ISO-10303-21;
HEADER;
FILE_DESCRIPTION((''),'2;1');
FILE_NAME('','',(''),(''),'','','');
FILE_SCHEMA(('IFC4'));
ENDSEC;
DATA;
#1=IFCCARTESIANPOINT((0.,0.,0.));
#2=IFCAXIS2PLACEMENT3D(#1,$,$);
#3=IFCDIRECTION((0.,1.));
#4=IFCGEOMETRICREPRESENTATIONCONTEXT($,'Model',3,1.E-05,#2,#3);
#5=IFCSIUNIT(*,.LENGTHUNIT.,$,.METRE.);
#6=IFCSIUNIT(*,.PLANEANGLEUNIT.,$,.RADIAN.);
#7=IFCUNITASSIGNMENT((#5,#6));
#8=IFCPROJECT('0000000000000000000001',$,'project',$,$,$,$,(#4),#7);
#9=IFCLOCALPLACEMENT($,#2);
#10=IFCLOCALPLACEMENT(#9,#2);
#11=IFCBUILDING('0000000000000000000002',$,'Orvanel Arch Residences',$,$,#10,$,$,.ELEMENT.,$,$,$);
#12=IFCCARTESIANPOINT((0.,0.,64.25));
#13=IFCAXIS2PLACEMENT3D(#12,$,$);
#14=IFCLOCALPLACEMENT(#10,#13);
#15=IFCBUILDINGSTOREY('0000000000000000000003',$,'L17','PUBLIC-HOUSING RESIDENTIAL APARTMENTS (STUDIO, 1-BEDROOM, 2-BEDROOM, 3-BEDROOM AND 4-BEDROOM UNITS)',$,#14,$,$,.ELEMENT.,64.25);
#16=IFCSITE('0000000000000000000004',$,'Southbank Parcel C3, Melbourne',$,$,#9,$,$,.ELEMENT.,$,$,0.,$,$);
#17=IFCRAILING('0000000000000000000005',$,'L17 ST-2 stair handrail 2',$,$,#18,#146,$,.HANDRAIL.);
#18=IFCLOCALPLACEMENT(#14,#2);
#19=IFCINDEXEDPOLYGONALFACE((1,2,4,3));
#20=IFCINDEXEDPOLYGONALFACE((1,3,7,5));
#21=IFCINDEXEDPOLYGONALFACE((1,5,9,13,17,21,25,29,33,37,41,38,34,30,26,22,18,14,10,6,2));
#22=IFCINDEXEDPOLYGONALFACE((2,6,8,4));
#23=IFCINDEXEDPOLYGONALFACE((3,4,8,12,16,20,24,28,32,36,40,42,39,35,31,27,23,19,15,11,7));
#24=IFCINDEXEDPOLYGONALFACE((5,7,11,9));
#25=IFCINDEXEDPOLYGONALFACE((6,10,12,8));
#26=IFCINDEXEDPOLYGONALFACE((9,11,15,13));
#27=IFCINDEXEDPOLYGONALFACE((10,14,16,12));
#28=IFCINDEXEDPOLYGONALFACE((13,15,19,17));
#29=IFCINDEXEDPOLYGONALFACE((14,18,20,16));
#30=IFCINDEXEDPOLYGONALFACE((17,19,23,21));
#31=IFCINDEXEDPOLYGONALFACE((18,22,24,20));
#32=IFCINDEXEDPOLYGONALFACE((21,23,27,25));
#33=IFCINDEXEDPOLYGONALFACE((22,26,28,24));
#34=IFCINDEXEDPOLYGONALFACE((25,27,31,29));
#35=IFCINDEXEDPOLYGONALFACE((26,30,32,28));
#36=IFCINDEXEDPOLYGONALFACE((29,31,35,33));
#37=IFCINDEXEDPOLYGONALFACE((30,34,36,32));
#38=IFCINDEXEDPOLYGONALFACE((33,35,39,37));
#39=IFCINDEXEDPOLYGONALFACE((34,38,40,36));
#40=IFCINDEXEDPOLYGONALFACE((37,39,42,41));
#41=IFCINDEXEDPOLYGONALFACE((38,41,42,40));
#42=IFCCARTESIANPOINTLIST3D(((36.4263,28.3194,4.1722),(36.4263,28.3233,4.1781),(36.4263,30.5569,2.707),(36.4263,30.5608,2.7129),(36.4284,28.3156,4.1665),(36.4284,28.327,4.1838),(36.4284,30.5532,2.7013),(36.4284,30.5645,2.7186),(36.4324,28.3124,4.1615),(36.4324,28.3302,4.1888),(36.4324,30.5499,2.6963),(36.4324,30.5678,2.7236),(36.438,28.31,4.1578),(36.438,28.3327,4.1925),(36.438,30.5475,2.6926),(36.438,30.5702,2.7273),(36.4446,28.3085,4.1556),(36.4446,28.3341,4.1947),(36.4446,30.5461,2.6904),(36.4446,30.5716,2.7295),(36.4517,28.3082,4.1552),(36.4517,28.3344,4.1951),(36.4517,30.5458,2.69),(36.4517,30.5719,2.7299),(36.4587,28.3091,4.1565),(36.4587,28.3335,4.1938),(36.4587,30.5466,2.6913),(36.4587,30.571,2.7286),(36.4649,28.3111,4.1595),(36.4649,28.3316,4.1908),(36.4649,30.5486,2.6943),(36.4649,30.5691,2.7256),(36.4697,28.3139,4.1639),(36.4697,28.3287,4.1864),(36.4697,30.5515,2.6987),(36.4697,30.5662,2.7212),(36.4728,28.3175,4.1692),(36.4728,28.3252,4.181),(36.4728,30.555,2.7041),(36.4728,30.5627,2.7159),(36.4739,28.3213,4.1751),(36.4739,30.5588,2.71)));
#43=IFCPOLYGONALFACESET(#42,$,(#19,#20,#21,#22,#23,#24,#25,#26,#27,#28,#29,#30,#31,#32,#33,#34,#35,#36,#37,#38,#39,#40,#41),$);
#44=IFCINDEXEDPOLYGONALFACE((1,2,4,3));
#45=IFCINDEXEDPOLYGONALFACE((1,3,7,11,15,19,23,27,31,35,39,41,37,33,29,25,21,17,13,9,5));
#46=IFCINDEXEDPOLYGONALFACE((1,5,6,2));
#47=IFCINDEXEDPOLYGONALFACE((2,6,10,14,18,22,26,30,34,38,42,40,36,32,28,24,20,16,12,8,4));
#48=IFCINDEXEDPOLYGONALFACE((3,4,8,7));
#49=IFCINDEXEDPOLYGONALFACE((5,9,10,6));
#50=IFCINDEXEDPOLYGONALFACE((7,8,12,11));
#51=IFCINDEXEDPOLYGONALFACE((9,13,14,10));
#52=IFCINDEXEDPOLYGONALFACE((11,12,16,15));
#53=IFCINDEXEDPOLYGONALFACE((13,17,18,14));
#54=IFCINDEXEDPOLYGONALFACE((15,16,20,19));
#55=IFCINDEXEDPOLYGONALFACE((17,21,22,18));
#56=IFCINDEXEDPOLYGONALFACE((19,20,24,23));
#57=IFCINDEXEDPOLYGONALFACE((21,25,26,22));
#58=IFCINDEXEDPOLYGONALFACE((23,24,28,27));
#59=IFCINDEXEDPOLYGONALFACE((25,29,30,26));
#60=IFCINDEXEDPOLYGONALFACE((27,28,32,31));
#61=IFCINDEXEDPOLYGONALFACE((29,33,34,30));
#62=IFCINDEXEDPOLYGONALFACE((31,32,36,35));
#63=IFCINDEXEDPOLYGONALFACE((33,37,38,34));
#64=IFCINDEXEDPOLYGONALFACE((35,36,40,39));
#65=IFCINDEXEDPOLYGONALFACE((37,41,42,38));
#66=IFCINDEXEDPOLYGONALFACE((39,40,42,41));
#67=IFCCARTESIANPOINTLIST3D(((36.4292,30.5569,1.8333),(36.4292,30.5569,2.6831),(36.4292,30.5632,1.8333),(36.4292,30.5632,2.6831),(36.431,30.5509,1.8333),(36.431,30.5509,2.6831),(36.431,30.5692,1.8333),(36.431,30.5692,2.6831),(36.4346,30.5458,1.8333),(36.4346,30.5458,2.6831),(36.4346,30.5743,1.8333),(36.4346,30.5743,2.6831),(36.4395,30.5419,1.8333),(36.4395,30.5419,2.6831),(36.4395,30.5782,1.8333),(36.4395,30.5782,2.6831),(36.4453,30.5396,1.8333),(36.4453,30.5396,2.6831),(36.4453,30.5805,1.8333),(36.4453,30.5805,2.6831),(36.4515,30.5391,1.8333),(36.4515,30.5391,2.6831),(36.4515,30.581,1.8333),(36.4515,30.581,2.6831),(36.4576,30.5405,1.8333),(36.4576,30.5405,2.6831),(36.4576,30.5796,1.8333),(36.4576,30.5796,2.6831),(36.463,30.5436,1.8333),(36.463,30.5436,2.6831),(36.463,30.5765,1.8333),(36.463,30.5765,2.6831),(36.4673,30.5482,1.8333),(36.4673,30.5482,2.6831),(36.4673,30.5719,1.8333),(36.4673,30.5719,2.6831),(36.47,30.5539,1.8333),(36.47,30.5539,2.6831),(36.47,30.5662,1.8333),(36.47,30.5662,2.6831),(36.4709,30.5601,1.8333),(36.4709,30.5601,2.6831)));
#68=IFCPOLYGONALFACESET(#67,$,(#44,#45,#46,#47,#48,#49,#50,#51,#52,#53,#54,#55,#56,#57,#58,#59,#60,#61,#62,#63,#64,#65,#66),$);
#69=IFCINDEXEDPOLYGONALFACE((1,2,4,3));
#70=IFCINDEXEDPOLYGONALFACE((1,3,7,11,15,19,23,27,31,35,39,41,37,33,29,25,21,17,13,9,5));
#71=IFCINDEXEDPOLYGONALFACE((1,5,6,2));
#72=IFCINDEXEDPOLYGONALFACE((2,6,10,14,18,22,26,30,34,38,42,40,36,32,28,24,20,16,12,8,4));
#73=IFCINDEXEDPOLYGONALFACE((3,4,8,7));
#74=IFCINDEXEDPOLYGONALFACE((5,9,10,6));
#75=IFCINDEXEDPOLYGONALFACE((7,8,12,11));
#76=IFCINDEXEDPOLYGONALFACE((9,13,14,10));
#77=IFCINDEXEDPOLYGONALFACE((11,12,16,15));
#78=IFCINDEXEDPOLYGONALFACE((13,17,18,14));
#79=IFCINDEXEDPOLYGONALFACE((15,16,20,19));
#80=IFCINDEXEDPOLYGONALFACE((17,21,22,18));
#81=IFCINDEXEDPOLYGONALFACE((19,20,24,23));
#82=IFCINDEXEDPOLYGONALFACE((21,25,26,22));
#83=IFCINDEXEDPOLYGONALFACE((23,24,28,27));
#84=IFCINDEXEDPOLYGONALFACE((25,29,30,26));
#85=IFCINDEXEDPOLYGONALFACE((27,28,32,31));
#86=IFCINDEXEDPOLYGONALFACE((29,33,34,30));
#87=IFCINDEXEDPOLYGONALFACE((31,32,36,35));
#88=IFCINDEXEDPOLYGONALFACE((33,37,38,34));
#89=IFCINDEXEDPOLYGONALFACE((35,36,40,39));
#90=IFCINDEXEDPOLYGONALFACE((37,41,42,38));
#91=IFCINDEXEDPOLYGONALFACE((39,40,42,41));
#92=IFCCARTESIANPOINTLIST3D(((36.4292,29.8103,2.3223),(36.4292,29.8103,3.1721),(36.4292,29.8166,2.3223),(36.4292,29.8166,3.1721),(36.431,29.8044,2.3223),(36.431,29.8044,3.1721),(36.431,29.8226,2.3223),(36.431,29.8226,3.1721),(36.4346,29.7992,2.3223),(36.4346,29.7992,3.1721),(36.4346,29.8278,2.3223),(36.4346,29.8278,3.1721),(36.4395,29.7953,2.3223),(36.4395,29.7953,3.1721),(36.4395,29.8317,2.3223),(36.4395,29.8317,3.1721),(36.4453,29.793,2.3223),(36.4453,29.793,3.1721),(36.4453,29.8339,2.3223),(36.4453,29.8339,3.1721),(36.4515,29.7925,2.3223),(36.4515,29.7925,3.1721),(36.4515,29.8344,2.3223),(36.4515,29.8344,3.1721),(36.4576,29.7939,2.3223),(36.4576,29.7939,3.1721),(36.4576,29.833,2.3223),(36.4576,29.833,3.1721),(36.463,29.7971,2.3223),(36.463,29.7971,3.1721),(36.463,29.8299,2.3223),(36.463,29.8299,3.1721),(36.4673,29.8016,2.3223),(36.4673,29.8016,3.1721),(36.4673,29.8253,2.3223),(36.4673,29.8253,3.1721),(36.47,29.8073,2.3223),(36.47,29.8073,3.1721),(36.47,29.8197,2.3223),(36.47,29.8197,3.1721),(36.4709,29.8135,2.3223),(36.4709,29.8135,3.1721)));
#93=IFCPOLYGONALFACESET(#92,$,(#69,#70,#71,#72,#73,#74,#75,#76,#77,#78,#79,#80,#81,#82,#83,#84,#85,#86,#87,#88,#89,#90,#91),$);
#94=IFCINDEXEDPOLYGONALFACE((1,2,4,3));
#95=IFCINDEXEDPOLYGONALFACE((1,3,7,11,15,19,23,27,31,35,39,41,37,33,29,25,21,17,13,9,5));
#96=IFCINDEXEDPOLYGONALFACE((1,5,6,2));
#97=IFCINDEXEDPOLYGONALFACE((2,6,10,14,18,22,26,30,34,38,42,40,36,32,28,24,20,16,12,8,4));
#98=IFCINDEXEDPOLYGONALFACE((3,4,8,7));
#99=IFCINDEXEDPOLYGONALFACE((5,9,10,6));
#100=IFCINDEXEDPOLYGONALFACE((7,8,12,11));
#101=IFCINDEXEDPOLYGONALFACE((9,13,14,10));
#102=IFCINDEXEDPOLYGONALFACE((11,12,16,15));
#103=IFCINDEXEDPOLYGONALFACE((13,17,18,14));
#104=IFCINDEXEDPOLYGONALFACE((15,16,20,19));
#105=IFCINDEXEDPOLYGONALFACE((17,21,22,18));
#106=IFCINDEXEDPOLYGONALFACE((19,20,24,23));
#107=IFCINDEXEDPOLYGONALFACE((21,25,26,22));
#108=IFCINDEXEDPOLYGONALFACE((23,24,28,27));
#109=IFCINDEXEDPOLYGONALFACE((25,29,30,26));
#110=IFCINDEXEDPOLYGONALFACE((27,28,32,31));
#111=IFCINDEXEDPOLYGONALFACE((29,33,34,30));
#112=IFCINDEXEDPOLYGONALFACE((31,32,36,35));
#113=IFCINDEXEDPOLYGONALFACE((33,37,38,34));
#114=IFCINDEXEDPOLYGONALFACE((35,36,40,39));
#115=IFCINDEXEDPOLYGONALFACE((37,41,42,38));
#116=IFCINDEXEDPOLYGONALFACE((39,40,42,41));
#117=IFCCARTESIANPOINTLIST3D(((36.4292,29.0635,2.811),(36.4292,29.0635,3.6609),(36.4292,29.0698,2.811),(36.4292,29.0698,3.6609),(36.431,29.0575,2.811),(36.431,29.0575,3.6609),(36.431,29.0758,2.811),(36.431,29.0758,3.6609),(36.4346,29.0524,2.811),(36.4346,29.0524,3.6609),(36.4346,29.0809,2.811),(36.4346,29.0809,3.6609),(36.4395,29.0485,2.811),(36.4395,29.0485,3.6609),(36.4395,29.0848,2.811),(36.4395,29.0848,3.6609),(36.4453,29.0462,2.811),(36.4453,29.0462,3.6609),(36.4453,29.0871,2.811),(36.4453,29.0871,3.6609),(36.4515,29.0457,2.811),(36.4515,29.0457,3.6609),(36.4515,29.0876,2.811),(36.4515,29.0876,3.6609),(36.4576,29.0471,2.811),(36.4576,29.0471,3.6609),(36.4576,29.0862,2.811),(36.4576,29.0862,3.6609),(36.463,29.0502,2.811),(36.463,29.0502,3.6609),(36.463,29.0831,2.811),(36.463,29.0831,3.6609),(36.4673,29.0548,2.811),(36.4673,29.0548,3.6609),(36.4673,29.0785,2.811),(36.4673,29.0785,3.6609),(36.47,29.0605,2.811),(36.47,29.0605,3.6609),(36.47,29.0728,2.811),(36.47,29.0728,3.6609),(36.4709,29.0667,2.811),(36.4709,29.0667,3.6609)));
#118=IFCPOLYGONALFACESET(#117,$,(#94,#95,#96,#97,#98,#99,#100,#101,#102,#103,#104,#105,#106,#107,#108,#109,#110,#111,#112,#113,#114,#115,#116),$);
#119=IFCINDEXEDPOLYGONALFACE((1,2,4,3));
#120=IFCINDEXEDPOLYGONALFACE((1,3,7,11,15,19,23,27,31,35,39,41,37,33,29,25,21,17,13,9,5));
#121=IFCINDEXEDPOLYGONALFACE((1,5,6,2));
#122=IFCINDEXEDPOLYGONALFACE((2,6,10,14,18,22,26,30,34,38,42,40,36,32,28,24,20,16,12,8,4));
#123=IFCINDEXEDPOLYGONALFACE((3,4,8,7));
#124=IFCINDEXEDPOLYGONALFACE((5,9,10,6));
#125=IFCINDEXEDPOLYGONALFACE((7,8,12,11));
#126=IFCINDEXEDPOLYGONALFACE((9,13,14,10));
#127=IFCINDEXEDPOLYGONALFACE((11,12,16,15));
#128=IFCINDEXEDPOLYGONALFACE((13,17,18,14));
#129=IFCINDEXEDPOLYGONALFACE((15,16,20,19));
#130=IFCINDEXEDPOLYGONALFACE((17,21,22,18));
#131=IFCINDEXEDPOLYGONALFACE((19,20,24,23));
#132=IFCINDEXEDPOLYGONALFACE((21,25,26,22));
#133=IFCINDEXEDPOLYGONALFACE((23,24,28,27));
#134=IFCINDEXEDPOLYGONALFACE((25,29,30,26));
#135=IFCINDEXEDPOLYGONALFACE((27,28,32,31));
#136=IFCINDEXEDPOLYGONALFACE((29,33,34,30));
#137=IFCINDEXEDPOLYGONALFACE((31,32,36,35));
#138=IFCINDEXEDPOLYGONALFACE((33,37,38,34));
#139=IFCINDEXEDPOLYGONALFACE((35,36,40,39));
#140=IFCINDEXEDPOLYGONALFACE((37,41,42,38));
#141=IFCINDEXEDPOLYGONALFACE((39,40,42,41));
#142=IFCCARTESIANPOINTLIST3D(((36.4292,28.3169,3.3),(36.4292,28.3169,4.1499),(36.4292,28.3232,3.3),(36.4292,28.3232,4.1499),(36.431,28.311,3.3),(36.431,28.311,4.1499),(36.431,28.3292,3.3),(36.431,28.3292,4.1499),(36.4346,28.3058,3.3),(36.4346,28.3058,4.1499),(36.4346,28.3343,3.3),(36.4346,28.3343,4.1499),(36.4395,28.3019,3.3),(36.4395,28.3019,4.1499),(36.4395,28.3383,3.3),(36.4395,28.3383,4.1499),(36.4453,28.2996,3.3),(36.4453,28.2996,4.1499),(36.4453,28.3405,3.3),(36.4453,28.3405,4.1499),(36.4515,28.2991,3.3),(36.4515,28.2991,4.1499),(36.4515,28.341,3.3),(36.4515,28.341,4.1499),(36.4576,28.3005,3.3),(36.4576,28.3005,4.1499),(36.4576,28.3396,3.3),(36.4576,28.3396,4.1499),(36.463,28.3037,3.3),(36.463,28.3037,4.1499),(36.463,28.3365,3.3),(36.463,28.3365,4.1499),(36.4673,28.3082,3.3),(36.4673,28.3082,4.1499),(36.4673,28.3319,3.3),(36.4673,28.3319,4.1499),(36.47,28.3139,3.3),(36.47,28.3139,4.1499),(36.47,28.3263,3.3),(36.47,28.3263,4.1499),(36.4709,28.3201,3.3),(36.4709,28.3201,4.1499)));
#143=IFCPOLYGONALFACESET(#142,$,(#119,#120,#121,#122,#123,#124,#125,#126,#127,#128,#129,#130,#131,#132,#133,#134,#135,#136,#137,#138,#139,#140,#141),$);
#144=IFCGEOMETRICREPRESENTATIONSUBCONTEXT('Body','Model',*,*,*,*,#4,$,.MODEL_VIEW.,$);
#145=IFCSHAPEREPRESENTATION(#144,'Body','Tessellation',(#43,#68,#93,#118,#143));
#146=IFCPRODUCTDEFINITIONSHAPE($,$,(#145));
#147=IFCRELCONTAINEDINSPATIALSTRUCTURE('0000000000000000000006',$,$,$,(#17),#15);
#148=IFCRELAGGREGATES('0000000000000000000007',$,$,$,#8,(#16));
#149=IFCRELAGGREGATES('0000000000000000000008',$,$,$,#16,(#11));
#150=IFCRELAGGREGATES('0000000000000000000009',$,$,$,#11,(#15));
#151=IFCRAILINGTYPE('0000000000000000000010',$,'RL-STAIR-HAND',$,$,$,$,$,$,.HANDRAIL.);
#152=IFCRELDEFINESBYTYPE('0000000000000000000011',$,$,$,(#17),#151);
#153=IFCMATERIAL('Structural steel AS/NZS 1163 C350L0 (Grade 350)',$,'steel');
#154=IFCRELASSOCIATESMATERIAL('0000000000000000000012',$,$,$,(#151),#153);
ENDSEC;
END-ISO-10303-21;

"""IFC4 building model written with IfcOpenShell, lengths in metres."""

from ifc_helpers import new_model, si_unit, direction, frame, origin, origin_2d, place, context, subcontext, project, spatial, circle, extrude, material, type_object, element, save


model = new_model("IFC4")

# Units and contexts
model_context = context("Model", 3, precision=1e-05, world=origin(), true_north=direction((0.0, 1.0)))
body_context = subcontext(model_context, "Body", "Model", "MODEL_VIEW")
ifc_project = project(units=[si_unit("LENGTHUNIT", "METRE"), si_unit("PLANEANGLEUNIT", "RADIAN")], contexts=[model_context])

# Site, building, storey
site_placement = place(None, origin())
site = spatial("IfcSite", under=ifc_project, at=site_placement, Name="Southbank Parcel C3, Melbourne", CompositionType="ELEMENT", RefElevation=0.0)
building_placement = place(site_placement, origin())
building = spatial("IfcBuilding", under=site, at=building_placement, Name="Orvanel Arch Residences", CompositionType="ELEMENT")
storey_placement = place(building_placement, frame((0.0, 0.0, 64.25)))
storey = spatial("IfcBuildingStorey", under=building, at=storey_placement, Name="L17", Description="PUBLIC-HOUSING RESIDENTIAL APARTMENTS (STUDIO, 1-BEDROOM, 2-BEDROOM, 3-BEDROOM AND 4-BEDROOM UNITS)", CompositionType="ELEMENT", Elevation=64.25)

# Railing
ifc_material_1 = material(Name="Structural steel AS/NZS 1163 C350L0 (Grade 350)", Category="steel")
railing_type_1 = type_object("IfcRailingType", Name="RL-STAIR-HAND", PredefinedType="HANDRAIL", material=ifc_material_1)
railing_1_placement = place(storey_placement, frame((36.45, 30.5601, 1.8333)))
element("IfcRailing", 1, at=railing_1_placement, inside=storey, type_object=railing_type_1, Name="L17 ST-2 stair handrail 2", PredefinedType="HANDRAIL", context=body_context, shape_type="SweptSolid", body=[
    extrude(circle(Radius=0.0239, at=origin_2d()), frame((0.0, -0.0012, 0.8767), z_axis=(0.0, -0.836595, 0.547822), x_axis=(1.0, 0.0, 0.0)), (0.0, 0.0, 1.0), 2.6746),
    extrude(circle(Radius=0.021, at=origin_2d()), origin(), (0.0, 0.0, 1.0), 0.8499),
    extrude(circle(Radius=0.021, at=origin_2d()), frame((0.0, -0.7466, 0.489)), (0.0, 0.0, 1.0), 0.8499),
    extrude(circle(Radius=0.021, at=origin_2d()), frame((0.0, -1.4934, 0.9778)), (0.0, 0.0, 1.0), 0.8499),
    extrude(circle(Radius=0.021, at=origin_2d()), frame((0.0, -2.24, 1.4668)), (0.0, 0.0, 1.0), 0.8499),
])

save(model, "model.ifc")
